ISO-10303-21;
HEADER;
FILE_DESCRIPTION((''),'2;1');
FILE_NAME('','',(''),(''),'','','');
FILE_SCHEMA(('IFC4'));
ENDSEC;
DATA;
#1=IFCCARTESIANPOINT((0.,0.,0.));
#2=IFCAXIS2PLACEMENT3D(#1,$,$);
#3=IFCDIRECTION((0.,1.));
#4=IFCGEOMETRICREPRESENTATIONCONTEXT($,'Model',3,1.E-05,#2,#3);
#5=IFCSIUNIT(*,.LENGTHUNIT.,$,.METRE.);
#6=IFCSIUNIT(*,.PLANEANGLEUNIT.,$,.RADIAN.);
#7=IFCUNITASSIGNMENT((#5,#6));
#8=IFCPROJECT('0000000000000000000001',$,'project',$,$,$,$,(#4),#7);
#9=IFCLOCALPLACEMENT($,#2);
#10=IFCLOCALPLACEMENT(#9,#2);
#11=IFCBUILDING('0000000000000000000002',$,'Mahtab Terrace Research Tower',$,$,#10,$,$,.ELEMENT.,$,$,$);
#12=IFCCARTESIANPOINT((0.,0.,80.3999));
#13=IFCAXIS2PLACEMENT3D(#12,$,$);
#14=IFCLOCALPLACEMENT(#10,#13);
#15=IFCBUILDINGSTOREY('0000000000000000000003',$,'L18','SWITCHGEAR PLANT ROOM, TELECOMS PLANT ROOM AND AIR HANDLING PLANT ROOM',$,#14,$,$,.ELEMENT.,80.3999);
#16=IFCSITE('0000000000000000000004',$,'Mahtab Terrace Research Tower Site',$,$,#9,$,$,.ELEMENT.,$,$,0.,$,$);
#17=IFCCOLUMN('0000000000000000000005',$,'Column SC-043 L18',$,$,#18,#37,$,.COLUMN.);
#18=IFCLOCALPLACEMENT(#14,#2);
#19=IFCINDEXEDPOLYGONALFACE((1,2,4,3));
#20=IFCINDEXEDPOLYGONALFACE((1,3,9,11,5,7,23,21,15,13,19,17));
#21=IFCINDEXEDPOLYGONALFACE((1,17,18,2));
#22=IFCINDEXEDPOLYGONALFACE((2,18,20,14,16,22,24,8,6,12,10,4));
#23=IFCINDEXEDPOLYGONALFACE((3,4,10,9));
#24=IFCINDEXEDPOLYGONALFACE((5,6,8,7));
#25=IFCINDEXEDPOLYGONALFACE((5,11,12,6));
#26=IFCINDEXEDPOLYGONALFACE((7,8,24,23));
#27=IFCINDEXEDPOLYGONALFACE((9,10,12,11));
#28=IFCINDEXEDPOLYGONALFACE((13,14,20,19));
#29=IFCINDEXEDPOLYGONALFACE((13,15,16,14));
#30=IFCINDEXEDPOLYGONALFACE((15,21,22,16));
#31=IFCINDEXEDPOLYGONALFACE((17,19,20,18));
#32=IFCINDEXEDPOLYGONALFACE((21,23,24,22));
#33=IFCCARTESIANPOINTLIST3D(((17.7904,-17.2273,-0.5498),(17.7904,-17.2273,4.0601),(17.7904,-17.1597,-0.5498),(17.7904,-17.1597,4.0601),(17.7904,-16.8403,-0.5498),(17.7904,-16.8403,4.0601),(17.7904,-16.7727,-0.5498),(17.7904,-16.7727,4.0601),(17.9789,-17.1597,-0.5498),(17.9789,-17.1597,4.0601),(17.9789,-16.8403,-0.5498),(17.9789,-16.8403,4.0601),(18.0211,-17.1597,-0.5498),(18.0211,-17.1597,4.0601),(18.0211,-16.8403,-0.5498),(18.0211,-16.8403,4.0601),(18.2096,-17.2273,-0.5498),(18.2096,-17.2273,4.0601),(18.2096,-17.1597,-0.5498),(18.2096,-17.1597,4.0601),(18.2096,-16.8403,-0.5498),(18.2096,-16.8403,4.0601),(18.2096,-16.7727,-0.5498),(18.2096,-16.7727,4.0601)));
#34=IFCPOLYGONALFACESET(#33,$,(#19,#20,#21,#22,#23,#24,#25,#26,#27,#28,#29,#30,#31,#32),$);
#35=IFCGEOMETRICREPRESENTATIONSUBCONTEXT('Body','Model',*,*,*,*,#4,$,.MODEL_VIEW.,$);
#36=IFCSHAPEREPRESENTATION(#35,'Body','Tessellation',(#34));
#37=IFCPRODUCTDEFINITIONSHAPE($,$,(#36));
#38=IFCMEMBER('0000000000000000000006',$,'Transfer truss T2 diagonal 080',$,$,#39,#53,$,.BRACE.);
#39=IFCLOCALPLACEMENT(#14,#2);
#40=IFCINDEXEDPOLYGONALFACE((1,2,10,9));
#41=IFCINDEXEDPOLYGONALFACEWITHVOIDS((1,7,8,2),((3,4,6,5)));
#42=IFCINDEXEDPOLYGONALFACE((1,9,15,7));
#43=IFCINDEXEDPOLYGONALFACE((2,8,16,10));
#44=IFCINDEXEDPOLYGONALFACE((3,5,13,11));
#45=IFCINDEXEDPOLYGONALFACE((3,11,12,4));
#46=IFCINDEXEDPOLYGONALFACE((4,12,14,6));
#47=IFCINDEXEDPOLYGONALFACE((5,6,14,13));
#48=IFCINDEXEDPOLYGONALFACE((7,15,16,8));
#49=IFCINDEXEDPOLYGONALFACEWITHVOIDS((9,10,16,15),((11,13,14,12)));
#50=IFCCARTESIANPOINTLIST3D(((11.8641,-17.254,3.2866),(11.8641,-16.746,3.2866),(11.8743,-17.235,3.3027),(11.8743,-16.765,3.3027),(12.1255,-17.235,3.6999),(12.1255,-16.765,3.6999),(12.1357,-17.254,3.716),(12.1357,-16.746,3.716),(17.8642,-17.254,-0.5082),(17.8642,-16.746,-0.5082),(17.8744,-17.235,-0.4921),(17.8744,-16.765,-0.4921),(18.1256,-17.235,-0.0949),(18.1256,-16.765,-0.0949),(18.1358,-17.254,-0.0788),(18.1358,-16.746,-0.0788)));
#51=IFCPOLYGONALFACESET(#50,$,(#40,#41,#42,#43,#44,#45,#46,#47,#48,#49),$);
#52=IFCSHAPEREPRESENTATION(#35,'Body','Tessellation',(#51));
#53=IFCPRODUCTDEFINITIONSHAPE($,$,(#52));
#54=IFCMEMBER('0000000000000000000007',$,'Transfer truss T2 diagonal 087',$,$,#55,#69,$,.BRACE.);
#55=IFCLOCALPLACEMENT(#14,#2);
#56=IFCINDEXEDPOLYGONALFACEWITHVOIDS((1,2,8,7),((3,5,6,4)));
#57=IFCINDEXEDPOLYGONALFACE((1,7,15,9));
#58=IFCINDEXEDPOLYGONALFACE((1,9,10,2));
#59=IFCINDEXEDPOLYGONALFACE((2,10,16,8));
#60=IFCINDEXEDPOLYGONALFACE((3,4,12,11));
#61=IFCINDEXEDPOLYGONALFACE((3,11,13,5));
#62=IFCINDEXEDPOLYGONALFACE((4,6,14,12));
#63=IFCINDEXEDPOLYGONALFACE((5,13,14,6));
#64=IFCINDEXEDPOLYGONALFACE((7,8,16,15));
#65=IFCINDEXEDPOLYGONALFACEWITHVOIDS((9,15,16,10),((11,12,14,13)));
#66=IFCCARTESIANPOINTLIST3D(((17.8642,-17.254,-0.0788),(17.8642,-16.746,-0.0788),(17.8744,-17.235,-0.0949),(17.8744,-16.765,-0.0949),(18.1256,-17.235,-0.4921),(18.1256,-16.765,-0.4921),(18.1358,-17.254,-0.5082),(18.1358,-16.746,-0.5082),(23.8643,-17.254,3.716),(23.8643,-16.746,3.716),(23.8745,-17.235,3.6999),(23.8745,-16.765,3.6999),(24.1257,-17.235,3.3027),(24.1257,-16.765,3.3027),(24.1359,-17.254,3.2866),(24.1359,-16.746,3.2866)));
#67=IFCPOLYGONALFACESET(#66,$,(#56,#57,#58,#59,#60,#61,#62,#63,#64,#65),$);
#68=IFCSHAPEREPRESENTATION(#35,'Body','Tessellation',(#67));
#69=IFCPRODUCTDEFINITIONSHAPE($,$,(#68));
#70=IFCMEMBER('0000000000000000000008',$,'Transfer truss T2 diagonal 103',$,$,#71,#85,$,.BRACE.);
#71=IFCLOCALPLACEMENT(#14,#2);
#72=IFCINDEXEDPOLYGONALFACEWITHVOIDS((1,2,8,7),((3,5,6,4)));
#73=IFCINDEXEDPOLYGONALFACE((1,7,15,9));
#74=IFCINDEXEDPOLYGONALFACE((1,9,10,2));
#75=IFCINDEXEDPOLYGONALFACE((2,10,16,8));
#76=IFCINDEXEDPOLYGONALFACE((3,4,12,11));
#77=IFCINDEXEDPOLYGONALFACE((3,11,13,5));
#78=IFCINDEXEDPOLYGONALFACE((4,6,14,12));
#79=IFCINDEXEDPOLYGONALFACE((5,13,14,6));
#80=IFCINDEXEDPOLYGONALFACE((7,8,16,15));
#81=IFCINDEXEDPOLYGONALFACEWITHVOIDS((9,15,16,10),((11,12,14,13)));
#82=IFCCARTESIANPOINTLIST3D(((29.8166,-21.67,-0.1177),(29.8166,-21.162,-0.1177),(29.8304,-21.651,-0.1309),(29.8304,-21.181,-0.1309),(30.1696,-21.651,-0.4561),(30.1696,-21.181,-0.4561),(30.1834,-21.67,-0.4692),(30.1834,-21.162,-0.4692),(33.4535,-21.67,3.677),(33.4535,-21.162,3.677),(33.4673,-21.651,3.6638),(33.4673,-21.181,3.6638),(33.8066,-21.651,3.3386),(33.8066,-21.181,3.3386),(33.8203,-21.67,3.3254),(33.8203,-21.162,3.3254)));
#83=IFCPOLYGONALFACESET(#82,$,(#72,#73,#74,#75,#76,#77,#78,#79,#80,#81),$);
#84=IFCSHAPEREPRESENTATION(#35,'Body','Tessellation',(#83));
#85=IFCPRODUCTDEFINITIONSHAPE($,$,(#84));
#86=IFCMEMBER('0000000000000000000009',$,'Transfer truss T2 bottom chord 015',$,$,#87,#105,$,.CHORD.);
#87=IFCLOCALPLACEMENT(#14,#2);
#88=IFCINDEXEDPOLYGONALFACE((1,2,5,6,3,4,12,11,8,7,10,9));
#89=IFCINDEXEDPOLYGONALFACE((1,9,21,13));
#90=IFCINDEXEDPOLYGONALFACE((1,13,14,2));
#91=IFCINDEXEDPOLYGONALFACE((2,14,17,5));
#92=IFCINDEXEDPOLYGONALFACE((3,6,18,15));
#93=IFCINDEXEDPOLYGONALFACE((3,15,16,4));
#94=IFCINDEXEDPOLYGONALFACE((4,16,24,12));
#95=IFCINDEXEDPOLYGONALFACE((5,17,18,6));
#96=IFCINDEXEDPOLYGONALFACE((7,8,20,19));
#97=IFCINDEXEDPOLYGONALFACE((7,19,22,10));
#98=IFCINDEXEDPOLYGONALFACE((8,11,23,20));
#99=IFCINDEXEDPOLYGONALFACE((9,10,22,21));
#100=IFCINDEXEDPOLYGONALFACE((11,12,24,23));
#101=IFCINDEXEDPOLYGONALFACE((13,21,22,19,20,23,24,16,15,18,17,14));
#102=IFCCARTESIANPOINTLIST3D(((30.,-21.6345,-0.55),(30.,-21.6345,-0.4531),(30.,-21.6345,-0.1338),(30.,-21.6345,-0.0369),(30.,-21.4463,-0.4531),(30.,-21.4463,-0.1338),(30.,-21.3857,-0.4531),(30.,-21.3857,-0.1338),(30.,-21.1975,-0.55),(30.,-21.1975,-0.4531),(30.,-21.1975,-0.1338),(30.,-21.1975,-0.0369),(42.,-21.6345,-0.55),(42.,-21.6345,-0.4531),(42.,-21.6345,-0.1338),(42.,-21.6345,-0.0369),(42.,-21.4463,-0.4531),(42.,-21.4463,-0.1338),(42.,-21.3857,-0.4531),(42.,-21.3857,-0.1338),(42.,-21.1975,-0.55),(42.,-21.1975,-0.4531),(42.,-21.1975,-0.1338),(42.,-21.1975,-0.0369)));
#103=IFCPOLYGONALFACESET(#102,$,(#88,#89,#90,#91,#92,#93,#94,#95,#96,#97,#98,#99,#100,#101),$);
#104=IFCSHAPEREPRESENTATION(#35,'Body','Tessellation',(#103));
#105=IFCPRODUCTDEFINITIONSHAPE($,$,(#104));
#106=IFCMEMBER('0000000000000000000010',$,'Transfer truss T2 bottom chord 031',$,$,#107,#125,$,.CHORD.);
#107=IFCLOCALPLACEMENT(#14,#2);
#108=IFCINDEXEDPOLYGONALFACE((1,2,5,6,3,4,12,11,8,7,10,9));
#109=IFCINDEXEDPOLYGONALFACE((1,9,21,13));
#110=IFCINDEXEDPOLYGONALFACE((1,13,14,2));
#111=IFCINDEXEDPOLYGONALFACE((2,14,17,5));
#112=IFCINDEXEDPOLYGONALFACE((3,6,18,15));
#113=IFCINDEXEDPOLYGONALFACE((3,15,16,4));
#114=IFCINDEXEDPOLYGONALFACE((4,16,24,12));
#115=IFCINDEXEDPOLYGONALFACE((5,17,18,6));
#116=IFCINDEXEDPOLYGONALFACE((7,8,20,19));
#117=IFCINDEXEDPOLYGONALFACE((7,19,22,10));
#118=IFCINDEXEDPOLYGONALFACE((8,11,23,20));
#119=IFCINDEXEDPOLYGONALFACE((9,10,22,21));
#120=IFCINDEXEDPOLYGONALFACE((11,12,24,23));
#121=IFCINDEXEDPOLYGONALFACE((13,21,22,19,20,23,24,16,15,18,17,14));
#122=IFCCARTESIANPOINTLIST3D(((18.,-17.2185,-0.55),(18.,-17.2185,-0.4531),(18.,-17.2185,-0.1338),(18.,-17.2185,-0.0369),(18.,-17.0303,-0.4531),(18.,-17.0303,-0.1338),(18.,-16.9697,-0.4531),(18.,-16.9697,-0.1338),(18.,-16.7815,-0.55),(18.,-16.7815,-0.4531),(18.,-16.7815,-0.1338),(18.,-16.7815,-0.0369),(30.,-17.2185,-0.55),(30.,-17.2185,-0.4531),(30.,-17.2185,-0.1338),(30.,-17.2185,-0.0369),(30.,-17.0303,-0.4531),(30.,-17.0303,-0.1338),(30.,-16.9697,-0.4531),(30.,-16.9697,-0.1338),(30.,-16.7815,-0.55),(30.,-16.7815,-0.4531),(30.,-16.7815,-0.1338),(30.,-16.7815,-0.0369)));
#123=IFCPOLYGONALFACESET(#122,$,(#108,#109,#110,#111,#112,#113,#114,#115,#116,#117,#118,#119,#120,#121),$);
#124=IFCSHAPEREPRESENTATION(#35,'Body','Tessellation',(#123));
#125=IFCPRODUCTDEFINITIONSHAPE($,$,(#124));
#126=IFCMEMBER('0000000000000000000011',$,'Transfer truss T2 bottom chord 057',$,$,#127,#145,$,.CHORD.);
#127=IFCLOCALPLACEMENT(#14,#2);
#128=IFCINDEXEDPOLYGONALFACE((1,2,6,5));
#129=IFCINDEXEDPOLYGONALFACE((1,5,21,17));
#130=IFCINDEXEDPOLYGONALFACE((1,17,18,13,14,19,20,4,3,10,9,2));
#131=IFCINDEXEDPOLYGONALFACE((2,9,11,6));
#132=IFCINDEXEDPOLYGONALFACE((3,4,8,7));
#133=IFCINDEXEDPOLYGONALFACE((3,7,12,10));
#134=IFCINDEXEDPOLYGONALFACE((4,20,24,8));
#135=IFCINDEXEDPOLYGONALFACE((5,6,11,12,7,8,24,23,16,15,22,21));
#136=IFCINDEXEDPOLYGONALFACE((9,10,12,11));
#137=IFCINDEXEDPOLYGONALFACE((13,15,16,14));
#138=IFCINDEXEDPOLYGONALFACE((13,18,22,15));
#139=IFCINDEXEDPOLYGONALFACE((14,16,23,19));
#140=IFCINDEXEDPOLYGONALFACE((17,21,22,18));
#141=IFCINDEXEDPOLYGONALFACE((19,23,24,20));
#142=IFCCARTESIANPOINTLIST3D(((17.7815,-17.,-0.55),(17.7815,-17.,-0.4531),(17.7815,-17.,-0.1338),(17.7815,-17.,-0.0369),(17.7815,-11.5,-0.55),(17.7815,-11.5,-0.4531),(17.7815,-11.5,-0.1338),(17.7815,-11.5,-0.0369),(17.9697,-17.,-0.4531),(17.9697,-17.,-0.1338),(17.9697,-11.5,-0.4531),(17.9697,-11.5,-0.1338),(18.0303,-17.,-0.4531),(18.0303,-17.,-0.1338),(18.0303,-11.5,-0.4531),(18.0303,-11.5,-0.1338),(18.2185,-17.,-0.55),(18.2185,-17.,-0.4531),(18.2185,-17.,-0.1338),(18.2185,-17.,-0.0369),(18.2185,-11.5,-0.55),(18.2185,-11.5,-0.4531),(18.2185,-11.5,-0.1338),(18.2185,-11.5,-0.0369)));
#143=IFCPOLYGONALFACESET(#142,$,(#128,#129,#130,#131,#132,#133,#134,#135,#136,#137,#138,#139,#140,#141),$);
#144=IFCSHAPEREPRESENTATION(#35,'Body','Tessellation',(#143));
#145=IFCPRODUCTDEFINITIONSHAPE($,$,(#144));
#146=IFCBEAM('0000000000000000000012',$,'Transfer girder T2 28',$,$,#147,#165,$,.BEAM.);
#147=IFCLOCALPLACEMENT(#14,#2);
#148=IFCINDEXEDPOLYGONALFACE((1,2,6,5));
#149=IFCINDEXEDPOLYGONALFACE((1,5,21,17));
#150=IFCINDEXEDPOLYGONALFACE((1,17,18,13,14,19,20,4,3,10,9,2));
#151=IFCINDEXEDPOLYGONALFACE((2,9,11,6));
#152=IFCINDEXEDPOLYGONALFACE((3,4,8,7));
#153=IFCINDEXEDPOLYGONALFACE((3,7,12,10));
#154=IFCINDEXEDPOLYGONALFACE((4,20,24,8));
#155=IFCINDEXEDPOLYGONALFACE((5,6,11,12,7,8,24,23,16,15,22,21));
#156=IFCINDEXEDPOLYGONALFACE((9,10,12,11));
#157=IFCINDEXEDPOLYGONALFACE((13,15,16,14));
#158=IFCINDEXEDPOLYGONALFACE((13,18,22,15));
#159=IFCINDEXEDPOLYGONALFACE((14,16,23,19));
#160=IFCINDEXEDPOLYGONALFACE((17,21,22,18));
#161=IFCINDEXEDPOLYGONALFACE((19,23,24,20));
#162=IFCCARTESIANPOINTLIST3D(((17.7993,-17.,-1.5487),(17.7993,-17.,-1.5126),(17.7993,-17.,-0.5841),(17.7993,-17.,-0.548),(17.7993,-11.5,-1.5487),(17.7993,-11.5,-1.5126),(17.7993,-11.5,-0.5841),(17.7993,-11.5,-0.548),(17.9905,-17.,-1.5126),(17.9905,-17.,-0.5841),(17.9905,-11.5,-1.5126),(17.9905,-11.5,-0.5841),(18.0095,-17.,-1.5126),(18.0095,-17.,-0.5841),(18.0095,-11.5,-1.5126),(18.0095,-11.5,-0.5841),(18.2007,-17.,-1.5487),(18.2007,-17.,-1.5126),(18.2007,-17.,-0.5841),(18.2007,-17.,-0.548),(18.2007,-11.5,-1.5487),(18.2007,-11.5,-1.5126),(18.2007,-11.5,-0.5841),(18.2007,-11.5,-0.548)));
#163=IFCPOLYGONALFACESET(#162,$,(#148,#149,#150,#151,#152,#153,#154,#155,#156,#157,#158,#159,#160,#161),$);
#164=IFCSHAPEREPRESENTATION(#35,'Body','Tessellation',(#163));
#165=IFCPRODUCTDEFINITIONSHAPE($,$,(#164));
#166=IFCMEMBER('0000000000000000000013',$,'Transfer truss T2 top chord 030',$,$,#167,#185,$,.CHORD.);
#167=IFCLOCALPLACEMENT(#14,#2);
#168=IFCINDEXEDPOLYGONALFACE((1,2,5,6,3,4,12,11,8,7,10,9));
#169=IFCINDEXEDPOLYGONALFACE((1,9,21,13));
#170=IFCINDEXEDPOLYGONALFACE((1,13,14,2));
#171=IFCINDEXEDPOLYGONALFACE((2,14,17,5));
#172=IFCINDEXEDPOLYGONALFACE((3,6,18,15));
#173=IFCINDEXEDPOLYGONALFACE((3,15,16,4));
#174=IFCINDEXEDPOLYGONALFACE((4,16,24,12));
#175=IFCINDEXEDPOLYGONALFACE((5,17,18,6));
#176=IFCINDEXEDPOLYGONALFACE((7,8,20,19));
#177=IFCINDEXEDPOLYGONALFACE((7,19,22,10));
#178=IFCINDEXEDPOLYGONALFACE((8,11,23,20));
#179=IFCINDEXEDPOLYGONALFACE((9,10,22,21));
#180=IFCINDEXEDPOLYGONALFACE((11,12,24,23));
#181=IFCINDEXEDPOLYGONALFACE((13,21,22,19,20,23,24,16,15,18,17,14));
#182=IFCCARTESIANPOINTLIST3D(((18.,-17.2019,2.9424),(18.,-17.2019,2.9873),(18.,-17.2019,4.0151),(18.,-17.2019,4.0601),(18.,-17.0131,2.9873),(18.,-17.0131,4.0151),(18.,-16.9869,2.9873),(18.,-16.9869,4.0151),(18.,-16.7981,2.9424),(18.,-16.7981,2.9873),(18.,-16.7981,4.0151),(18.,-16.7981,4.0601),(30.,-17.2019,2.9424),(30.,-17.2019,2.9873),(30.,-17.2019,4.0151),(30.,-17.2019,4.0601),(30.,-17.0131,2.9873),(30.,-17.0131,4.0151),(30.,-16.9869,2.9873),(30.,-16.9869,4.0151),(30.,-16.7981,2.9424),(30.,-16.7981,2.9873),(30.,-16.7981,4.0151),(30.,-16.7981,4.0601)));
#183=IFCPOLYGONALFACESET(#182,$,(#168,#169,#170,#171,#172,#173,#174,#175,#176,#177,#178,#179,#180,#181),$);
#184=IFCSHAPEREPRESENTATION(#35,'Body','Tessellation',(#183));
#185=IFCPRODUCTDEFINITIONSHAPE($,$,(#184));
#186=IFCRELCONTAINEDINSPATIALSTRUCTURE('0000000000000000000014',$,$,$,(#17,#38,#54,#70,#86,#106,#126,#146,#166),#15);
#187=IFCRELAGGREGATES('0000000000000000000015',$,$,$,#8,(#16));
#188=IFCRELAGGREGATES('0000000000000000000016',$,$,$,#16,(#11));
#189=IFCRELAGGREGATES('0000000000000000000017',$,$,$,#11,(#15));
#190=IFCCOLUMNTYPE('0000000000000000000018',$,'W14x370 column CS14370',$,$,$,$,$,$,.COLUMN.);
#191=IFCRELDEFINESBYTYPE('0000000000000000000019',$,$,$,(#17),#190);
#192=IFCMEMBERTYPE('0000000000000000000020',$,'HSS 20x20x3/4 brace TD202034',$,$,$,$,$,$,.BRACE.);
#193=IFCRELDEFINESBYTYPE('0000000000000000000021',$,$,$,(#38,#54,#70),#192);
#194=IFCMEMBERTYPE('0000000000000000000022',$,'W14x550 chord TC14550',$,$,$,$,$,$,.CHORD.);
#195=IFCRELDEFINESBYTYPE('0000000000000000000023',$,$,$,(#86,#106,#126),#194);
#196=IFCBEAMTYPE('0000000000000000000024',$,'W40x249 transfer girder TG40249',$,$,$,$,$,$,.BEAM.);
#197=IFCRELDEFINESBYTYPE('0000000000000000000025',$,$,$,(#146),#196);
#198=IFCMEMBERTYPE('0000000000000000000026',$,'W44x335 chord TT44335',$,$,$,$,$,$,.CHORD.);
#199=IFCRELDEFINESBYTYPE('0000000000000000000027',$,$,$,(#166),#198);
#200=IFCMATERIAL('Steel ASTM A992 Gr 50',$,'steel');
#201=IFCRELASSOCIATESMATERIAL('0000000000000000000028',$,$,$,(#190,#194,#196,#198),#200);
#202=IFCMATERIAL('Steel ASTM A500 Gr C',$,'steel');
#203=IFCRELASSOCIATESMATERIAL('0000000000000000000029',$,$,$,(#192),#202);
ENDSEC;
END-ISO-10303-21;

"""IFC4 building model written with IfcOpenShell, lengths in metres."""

from ifc_helpers import new_model, si_unit, direction, frame, origin, origin_2d, place, context, subcontext, project, spatial, hollow_rectangle, i_section, extrude, material, material_profile, profile_set, type_object, element, save


model = new_model("IFC4")

# Units and contexts
model_context = context("Model", 3, precision=1e-05, world=origin(), true_north=direction((0.0, 1.0)))
body_context = subcontext(model_context, "Body", "Model", "MODEL_VIEW")
ifc_project = project(units=[si_unit("LENGTHUNIT", "METRE"), si_unit("PLANEANGLEUNIT", "RADIAN")], contexts=[model_context])

# Site, building, storey
site_placement = place(None, origin())
site = spatial("IfcSite", under=ifc_project, at=site_placement, Name="Mahtab Terrace Research Tower Site", CompositionType="ELEMENT", RefElevation=0.0)
building_placement = place(site_placement, origin())
building = spatial("IfcBuilding", under=site, at=building_placement, Name="Mahtab Terrace Research Tower", CompositionType="ELEMENT")
storey_placement = place(building_placement, frame((0.0, 0.0, 80.3999)))
storey = spatial("IfcBuildingStorey", under=building, at=storey_placement, Name="L18", Description="SWITCHGEAR PLANT ROOM, TELECOMS PLANT ROOM AND AIR HANDLING PLANT ROOM", CompositionType="ELEMENT", Elevation=80.3999)

# Column
ifc_material_1 = material(Name="Steel ASTM A992 Gr 50", Category="steel")
ifc_material_profile_1 = material_profile(ifc_material_1, i_section(OverallWidth=0.4192, OverallDepth=0.4546, WebThickness=0.0422, FlangeThickness=0.0676, at=origin_2d()), Name="W14X370")
ifc_profile_set_1 = profile_set([ifc_material_profile_1], Name="Steel ASTM A992 Gr 50")
column_type = type_object("IfcColumnType", Name="W14x370 column CS14370", PredefinedType="COLUMN", material=ifc_profile_set_1)
column_placement = place(storey_placement, frame((18.0, -17.0, -0.5498), z_axis=(0.0, 0.0, 1.0), x_axis=(1.0, 0.0, 0.0)))
element("IfcColumn", 1, at=column_placement, inside=storey, type_object=column_type, Name="Column SC-043 L18", PredefinedType="COLUMN", context=body_context, shape_type="SweptSolid", body=[
    extrude(i_section(OverallWidth=0.4192, OverallDepth=0.4546, WebThickness=0.0422, FlangeThickness=0.0676, at=origin_2d()), origin(), (0.0, 0.0, 1.0), 4.6099),
])

# Members
ifc_material_2 = material(Name="Steel ASTM A500 Gr C", Category="steel")
ifc_material_profile_2 = material_profile(ifc_material_2, hollow_rectangle(XDim=0.5081, YDim=0.5081, WallThickness=0.019, at=origin_2d()), Name="HSS20X20X3/4")
ifc_profile_set_2 = profile_set([ifc_material_profile_2], Name="Steel ASTM A500 Gr C")
member_type_1 = type_object("IfcMemberType", Name="HSS 20x20x3/4 brace TD202034", PredefinedType="BRACE", material=ifc_profile_set_2)
for number, where, z_axis, x_axis, name in (
    (2, (18.0, -17.0, -0.2935), (-0.845158, 0.0, 0.534517), (0.0, -1.0, 0.0), "Transfer truss T2 diagonal 080"),
    (3, (18.0, -17.0, -0.2935), (0.845158, 0.0, 0.534517), (0.0, 1.0, 0.0), "Transfer truss T2 diagonal 087"),
):
    element("IfcMember", number, at=place(storey_placement, frame(where, z_axis=z_axis, x_axis=x_axis)), inside=storey, type_object=member_type_1, Name=name, PredefinedType="BRACE", context=body_context, shape_type="SweptSolid", body=[
        extrude(hollow_rectangle(XDim=0.5081, YDim=0.5081, WallThickness=0.019, at=origin_2d()), origin(), (0.0, 0.0, 1.0), 7.0994),
    ])
member_1_placement = place(storey_placement, frame((30.0, -21.416, -0.2935), z_axis=(0.691945, 0.0, 0.72195), x_axis=(0.0, 1.0, 0.0)))
element("IfcMember", 4, at=member_1_placement, inside=storey, type_object=member_type_1, Name="Transfer truss T2 diagonal 103", PredefinedType="BRACE", context=body_context, shape_type="SweptSolid", body=[
    extrude(hollow_rectangle(XDim=0.5081, YDim=0.5081, WallThickness=0.019, at=origin_2d()), origin(), (0.0, 0.0, 1.0), 5.2561),
])
ifc_material_profile_3 = material_profile(ifc_material_1, i_section(OverallWidth=0.437, OverallDepth=0.5132, WebThickness=0.0605, FlangeThickness=0.0969, at=origin_2d()), Name="W14X550")
ifc_profile_set_3 = profile_set([ifc_material_profile_3], Name="Steel ASTM A992 Gr 50")
member_type_2 = type_object("IfcMemberType", Name="W14x550 chord TC14550", PredefinedType="CHORD", material=ifc_profile_set_3)
for number, where, z_axis, x_axis, name in (
    (5, (30.0, -21.416, -0.2935), (1.0, 0.0, 0.0), (0.0, 1.0, 0.0), "Transfer truss T2 bottom chord 015"),
    (6, (18.0, -17.0, -0.2935), (1.0, 0.0, 0.0), (0.0, 1.0, 0.0), "Transfer truss T2 bottom chord 031"),
):
    element("IfcMember", number, at=place(storey_placement, frame(where, z_axis=z_axis, x_axis=x_axis)), inside=storey, type_object=member_type_2, Name=name, PredefinedType="CHORD", context=body_context, shape_type="SweptSolid", body=[
        extrude(i_section(OverallWidth=0.437, OverallDepth=0.5132, WebThickness=0.0605, FlangeThickness=0.0969, at=origin_2d()), origin(), (0.0, 0.0, 1.0), 12.0),
    ])
member_2_placement = place(storey_placement, frame((18.0, -17.0, -0.2935), z_axis=(0.0, 1.0, 0.0), x_axis=(-1.0, 0.0, 0.0)))
element("IfcMember", 7, at=member_2_placement, inside=storey, type_object=member_type_2, Name="Transfer truss T2 bottom chord 057", PredefinedType="CHORD", context=body_context, shape_type="SweptSolid", body=[
    extrude(i_section(OverallWidth=0.437, OverallDepth=0.5132, WebThickness=0.0605, FlangeThickness=0.0969, at=origin_2d()), origin(), (0.0, 0.0, 1.0), 5.5),
])

# Beam
ifc_material_profile_4 = material_profile(ifc_material_1, i_section(OverallWidth=0.4014, OverallDepth=1.0007, WebThickness=0.019, FlangeThickness=0.0361, at=origin_2d()), Name="W40X249")
ifc_profile_set_4 = profile_set([ifc_material_profile_4], Name="Steel ASTM A992 Gr 50")
beam_type = type_object("IfcBeamType", Name="W40x249 transfer girder TG40249", PredefinedType="BEAM", material=ifc_profile_set_4)
beam_placement = place(storey_placement, frame((18.0, -17.0, -1.0483), z_axis=(0.0, 1.0, 0.0), x_axis=(-1.0, 0.0, 0.0)))
element("IfcBeam", 8, at=beam_placement, inside=storey, type_object=beam_type, Name="Transfer girder T2 28", PredefinedType="BEAM", context=body_context, shape_type="SweptSolid", body=[
    extrude(i_section(OverallWidth=0.4014, OverallDepth=1.0007, WebThickness=0.019, FlangeThickness=0.0361, at=origin_2d()), origin(), (0.0, 0.0, 1.0), 5.5),
])

# Member
ifc_material_profile_5 = material_profile(ifc_material_1, i_section(OverallWidth=0.4038, OverallDepth=1.1177, WebThickness=0.0261, FlangeThickness=0.0449, at=origin_2d()), Name="W44X335")
ifc_profile_set_5 = profile_set([ifc_material_profile_5], Name="Steel ASTM A992 Gr 50")
member_type_3 = type_object("IfcMemberType", Name="W44x335 chord TT44335", PredefinedType="CHORD", material=ifc_profile_set_5)
member_3_placement = place(storey_placement, frame((18.0, -17.0, 3.5012), z_axis=(1.0, 0.0, 0.0), x_axis=(0.0, 1.0, 0.0)))
element("IfcMember", 9, at=member_3_placement, inside=storey, type_object=member_type_3, Name="Transfer truss T2 top chord 030", PredefinedType="CHORD", context=body_context, shape_type="SweptSolid", body=[
    extrude(i_section(OverallWidth=0.4038, OverallDepth=1.1177, WebThickness=0.0261, FlangeThickness=0.0449, at=origin_2d()), origin(), (0.0, 0.0, 1.0), 12.0),
])

save(model, "model.ifc")
